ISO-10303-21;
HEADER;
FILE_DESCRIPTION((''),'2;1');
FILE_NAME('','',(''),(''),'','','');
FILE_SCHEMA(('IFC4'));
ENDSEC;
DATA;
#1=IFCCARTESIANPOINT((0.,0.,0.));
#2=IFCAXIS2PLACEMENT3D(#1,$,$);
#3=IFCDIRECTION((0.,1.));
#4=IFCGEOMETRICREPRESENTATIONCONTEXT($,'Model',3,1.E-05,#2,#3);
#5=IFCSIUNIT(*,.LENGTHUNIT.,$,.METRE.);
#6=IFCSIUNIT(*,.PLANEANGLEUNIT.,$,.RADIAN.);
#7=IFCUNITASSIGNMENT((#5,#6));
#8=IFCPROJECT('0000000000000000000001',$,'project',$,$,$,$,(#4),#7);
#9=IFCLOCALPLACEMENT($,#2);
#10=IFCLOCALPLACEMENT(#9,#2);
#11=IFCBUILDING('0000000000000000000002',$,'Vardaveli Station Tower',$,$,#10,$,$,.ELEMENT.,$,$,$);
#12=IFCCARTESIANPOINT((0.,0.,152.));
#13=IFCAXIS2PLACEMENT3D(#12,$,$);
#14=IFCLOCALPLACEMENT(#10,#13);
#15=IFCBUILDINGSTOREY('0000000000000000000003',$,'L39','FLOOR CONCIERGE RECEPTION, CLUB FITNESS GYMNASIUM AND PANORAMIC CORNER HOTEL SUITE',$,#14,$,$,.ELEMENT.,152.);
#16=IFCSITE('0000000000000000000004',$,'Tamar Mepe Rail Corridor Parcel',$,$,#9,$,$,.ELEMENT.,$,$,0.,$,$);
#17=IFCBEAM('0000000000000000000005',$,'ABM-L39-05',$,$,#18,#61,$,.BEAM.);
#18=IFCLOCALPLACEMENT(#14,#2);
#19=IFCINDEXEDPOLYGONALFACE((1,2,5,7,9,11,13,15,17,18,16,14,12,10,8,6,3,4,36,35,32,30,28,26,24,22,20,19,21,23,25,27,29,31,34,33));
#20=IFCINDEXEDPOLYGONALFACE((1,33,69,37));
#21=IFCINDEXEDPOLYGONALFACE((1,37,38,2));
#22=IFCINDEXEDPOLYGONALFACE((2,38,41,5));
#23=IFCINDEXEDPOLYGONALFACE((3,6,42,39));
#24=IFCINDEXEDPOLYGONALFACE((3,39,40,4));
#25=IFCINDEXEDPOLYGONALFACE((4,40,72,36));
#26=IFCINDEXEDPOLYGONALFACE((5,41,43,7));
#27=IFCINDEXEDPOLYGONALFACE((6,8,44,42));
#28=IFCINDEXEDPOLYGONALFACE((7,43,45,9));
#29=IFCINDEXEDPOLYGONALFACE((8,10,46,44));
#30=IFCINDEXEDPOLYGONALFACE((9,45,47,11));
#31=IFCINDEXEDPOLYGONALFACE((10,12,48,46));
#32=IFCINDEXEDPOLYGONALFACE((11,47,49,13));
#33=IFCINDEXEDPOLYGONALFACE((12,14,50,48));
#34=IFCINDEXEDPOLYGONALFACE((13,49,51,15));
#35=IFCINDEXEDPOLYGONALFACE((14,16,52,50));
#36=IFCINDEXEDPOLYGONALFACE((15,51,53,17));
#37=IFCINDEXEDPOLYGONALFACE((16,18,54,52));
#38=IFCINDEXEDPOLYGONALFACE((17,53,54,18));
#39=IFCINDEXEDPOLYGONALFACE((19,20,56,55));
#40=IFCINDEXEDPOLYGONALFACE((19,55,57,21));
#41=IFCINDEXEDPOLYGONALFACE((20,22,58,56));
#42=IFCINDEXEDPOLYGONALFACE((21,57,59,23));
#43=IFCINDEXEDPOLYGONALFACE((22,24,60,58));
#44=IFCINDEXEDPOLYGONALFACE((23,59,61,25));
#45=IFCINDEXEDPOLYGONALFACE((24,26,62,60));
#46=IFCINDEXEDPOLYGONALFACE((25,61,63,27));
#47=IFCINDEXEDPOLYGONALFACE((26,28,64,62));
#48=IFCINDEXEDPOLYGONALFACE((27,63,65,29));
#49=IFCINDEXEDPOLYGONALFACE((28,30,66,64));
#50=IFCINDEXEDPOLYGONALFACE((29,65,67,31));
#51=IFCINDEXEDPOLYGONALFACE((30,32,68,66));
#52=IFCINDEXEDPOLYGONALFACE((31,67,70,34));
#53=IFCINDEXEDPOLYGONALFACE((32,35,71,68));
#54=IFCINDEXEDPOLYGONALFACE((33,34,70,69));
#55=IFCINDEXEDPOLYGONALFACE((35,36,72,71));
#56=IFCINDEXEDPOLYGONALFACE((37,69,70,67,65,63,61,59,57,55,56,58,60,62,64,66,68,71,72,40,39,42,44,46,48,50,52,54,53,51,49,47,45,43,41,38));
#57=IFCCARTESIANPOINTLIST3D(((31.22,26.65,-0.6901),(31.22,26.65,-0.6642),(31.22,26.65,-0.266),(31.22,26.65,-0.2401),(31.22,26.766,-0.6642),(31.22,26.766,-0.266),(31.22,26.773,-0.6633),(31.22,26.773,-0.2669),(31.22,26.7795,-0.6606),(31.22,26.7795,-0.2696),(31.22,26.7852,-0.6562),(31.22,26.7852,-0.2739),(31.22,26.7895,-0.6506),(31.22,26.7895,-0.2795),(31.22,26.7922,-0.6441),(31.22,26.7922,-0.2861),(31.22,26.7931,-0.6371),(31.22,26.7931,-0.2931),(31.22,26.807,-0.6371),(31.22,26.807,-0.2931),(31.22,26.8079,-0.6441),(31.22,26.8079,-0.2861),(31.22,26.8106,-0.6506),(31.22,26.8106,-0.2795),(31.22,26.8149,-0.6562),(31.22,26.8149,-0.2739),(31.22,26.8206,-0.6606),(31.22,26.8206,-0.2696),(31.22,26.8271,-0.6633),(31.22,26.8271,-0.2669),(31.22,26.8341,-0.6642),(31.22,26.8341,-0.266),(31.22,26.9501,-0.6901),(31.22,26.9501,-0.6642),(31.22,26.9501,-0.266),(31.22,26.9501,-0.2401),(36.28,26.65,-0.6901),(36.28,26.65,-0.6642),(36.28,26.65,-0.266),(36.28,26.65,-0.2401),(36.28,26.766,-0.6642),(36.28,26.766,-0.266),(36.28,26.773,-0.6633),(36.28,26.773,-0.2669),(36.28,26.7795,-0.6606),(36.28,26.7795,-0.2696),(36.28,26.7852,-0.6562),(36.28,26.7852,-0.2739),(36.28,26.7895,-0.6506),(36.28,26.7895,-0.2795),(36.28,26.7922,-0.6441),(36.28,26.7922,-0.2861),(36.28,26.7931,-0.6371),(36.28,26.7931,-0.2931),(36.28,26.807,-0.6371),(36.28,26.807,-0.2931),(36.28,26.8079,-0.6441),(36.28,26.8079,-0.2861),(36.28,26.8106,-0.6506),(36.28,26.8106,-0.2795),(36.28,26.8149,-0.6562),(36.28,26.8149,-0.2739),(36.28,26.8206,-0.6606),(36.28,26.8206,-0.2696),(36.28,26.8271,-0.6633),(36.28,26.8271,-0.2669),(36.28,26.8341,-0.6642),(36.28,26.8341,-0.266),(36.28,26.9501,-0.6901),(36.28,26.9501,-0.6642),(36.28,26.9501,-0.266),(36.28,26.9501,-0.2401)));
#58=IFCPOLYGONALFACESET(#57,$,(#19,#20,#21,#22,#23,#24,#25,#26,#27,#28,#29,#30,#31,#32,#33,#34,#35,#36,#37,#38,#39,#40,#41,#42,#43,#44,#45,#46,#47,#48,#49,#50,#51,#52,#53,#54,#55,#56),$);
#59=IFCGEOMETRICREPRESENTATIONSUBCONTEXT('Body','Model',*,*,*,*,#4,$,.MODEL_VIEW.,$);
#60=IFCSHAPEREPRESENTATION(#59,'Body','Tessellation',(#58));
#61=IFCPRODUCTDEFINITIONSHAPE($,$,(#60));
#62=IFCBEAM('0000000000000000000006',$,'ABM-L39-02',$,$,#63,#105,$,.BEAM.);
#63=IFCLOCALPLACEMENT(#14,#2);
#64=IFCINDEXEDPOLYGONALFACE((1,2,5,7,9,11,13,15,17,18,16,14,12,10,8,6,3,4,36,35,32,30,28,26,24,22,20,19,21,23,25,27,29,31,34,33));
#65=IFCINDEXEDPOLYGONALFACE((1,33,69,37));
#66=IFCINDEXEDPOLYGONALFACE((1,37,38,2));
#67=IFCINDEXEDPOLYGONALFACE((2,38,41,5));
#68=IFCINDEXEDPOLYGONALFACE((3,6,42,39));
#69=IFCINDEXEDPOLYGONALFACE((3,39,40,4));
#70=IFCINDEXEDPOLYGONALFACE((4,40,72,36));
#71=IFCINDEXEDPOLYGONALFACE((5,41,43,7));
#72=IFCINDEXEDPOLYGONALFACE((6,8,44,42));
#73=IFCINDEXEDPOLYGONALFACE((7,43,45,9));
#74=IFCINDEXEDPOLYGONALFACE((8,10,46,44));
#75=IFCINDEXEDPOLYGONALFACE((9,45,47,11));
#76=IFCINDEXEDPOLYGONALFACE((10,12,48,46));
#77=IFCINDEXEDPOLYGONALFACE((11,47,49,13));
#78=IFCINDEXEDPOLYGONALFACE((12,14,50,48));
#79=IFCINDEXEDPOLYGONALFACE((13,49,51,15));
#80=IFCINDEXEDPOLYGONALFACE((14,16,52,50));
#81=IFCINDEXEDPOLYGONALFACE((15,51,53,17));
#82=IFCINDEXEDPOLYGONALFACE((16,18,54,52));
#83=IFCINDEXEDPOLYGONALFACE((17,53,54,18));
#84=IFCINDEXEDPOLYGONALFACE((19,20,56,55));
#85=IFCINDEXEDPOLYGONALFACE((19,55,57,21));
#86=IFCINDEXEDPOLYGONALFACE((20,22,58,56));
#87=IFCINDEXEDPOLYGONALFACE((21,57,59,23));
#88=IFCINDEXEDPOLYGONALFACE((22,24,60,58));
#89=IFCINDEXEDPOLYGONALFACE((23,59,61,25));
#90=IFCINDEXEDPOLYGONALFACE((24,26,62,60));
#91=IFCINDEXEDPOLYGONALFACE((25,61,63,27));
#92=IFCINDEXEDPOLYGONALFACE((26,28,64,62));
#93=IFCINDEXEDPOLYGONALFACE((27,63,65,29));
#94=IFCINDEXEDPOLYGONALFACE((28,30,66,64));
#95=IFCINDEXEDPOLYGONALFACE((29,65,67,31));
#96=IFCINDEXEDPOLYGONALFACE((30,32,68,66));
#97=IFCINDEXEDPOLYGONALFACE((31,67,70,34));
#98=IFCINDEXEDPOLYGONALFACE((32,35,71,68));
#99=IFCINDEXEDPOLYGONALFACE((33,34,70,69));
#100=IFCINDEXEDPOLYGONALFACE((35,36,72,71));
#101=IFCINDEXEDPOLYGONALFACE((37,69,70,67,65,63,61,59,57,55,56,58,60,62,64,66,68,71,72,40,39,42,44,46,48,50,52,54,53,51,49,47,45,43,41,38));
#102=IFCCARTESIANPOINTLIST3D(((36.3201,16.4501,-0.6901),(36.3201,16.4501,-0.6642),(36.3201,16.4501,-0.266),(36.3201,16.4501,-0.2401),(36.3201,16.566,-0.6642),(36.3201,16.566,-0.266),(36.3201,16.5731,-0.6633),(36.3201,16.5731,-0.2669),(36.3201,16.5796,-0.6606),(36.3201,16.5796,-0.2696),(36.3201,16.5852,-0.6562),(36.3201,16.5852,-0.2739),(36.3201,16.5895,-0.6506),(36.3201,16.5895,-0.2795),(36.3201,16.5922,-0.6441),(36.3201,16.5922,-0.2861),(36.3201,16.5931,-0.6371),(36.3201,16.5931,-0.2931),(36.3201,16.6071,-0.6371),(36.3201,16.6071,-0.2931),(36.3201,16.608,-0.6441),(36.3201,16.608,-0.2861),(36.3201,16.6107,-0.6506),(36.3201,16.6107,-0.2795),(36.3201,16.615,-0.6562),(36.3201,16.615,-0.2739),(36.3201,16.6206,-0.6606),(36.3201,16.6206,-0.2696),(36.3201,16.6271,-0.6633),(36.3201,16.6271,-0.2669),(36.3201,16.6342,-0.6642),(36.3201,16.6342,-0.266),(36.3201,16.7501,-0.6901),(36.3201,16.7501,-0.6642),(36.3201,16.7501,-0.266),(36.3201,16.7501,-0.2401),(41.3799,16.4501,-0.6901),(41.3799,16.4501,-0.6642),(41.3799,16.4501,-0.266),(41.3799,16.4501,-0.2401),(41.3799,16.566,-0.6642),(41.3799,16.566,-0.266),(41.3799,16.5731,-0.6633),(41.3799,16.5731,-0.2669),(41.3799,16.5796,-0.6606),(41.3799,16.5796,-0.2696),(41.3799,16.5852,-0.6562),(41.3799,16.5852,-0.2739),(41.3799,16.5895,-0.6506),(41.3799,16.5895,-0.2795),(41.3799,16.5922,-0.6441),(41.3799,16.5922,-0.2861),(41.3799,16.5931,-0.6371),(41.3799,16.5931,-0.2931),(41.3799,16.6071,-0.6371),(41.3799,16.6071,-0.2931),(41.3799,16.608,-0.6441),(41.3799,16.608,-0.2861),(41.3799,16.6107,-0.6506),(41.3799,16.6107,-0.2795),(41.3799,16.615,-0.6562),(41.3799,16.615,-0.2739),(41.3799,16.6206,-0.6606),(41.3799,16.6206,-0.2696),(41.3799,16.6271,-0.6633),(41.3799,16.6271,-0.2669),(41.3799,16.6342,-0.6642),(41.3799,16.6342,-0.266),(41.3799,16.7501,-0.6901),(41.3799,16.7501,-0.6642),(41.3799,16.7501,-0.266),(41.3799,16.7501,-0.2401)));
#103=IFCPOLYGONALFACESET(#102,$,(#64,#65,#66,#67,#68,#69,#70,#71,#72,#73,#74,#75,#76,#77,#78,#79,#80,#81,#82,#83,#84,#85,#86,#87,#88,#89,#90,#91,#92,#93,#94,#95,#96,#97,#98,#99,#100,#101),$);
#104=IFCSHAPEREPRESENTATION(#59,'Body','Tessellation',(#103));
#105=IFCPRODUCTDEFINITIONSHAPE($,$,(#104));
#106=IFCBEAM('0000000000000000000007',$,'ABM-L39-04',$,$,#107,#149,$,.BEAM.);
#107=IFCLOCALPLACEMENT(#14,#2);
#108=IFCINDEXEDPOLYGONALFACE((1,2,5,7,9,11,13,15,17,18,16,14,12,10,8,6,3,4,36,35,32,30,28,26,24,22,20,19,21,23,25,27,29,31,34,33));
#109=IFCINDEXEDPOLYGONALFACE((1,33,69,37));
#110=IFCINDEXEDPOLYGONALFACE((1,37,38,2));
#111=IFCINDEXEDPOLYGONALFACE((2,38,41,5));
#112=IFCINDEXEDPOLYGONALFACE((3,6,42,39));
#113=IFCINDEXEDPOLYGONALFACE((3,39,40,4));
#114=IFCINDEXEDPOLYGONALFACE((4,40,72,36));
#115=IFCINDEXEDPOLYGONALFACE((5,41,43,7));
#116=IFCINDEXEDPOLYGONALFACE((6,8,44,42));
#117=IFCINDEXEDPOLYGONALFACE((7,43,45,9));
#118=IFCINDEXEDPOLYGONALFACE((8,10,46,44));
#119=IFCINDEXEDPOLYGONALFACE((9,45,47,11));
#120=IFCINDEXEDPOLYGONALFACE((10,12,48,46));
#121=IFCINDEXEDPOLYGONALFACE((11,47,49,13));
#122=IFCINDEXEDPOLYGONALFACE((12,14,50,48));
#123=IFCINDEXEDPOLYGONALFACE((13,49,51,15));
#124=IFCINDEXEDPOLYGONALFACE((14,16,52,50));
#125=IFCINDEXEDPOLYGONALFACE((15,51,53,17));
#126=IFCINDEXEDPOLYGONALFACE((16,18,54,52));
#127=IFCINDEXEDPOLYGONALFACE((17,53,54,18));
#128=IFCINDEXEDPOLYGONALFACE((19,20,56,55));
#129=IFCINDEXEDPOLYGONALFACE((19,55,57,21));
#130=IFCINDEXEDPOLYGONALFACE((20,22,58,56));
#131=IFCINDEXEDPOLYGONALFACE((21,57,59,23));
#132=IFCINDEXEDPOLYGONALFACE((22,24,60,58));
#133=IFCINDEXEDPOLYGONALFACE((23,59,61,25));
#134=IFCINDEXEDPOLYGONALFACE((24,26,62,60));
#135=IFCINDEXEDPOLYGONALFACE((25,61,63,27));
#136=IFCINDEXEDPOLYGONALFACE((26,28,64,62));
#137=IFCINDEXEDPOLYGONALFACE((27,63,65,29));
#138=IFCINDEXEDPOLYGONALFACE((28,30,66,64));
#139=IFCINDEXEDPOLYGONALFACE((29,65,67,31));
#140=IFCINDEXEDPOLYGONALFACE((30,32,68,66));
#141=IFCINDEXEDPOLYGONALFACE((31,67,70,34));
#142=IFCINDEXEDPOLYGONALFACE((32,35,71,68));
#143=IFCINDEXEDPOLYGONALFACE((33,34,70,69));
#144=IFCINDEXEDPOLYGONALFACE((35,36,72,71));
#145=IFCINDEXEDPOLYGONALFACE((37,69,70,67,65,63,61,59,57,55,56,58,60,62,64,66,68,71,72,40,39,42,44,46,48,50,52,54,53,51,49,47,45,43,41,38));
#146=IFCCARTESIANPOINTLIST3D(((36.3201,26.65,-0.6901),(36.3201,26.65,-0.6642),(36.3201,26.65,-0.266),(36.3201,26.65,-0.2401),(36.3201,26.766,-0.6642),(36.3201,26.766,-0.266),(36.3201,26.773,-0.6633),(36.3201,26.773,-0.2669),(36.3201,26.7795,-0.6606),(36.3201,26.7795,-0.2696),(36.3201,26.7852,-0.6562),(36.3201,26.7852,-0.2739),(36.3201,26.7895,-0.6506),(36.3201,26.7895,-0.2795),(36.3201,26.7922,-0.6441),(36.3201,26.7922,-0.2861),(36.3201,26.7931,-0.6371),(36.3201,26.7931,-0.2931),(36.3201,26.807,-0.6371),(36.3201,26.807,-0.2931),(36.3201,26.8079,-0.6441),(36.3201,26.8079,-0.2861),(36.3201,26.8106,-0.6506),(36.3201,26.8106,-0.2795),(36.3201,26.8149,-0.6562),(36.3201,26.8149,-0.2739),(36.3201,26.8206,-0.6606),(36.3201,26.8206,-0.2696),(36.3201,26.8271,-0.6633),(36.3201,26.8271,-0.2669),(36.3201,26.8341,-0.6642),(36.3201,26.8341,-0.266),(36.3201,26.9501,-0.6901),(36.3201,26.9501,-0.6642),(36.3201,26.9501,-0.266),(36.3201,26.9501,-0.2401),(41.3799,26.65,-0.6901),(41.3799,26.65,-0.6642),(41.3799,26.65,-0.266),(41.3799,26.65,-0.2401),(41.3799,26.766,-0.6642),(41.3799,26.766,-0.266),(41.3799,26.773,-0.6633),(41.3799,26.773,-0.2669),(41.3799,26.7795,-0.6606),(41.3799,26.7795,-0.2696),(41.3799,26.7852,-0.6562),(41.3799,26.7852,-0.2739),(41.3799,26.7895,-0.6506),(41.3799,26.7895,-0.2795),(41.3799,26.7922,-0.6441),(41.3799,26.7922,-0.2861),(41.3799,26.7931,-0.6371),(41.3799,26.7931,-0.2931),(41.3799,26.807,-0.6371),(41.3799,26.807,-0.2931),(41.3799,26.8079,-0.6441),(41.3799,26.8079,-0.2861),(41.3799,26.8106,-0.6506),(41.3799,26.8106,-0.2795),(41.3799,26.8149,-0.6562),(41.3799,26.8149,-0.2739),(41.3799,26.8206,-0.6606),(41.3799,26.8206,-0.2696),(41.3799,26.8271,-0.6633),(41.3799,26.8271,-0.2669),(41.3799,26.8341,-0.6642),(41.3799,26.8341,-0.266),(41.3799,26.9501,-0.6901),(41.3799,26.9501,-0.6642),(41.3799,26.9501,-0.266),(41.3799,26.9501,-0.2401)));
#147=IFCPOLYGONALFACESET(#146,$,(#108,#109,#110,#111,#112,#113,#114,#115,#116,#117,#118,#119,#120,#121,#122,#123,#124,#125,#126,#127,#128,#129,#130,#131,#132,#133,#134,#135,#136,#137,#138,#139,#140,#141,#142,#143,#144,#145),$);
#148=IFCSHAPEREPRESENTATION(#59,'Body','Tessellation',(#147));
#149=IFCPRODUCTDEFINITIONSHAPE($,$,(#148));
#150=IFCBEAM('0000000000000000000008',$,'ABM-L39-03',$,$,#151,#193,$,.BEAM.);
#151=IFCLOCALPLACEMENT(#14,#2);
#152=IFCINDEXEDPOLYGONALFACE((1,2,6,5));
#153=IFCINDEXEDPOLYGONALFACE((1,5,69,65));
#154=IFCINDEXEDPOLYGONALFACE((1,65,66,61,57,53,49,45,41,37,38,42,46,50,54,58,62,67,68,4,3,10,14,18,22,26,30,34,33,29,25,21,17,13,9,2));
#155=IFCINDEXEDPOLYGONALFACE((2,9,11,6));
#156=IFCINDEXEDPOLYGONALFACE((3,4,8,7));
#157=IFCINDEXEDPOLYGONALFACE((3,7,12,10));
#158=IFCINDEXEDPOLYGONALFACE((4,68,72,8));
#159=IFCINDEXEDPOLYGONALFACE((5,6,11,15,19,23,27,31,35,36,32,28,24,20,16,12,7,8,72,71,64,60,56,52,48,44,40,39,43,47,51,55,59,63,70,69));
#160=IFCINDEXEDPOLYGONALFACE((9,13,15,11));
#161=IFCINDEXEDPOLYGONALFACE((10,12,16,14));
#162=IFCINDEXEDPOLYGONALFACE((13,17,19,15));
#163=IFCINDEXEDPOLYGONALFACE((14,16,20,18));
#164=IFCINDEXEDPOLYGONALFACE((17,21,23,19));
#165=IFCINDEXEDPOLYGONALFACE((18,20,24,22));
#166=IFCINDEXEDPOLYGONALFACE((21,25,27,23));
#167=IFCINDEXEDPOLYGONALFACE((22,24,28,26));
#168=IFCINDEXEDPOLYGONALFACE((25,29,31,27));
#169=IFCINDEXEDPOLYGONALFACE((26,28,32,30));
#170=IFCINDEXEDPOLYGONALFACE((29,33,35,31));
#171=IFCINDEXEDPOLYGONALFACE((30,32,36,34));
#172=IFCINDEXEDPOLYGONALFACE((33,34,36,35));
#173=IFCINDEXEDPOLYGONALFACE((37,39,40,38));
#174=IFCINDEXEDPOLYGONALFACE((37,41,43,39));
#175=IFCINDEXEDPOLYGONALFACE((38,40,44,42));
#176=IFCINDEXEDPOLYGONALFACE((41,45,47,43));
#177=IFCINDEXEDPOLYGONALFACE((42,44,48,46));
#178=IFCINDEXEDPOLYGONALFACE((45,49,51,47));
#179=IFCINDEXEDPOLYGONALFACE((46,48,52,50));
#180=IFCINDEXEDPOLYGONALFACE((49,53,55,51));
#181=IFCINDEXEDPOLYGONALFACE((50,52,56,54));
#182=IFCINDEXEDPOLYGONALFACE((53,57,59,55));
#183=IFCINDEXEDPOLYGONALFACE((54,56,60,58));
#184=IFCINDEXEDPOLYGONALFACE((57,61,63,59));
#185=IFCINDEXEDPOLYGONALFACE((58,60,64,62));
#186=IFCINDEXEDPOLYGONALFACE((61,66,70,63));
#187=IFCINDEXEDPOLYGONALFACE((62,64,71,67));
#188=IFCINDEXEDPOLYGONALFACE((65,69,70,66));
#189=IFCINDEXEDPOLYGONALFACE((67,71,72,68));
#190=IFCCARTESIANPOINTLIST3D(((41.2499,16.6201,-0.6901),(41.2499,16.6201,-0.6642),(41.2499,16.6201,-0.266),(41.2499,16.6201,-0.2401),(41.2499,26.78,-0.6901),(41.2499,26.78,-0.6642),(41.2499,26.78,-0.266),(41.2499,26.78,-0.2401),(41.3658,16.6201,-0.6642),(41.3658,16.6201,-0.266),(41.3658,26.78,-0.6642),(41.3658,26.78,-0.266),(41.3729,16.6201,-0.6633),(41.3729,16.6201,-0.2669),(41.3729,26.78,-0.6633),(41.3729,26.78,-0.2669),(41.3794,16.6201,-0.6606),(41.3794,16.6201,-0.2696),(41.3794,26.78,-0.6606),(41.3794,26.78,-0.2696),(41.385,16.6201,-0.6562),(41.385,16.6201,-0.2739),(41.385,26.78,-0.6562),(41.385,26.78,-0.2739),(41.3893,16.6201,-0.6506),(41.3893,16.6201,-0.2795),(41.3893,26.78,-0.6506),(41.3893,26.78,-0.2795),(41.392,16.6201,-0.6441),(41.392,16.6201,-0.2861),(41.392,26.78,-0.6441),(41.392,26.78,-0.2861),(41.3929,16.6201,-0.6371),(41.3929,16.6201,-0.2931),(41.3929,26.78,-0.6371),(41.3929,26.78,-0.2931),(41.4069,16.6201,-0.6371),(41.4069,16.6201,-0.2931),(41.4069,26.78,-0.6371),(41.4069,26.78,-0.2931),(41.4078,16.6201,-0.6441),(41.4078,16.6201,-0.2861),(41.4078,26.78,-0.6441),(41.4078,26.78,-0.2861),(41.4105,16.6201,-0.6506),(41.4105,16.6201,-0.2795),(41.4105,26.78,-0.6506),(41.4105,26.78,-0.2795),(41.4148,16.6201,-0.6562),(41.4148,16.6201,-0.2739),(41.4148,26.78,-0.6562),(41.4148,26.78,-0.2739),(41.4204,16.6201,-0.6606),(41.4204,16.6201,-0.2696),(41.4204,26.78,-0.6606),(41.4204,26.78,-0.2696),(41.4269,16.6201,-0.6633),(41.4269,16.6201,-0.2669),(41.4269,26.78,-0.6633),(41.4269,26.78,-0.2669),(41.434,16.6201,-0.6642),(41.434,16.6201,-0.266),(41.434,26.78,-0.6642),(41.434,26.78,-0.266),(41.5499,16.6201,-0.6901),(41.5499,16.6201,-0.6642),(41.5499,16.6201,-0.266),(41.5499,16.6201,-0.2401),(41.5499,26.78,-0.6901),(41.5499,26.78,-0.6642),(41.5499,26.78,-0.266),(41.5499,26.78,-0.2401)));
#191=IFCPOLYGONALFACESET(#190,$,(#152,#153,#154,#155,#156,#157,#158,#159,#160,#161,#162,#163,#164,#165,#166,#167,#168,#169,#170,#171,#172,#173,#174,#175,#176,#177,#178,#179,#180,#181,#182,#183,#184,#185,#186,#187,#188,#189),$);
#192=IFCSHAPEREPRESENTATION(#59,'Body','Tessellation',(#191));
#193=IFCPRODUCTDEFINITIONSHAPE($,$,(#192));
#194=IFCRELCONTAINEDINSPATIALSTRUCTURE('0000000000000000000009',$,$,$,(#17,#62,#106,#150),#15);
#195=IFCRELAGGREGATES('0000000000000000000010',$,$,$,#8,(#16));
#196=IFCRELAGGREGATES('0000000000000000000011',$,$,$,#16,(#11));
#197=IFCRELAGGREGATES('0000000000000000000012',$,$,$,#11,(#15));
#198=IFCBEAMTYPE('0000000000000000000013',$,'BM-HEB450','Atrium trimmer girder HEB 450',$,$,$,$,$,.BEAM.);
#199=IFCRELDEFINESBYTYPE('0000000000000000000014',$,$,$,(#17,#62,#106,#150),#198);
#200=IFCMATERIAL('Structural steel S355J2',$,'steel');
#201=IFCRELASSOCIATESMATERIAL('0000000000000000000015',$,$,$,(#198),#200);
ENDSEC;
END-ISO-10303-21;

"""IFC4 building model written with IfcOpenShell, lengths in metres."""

from ifc_helpers import new_model, si_unit, direction, frame, origin, origin_2d, place, context, subcontext, project, spatial, i_section, extrude, source, transform, mapped, material, material_profile, profile_set, type_object, element, save


model = new_model("IFC4")

# Units and contexts
model_context = context("Model", 3, precision=1e-05, world=origin(), true_north=direction((0.0, 1.0)))
body_context = subcontext(model_context, "Body", "Model", "MODEL_VIEW")
ifc_project = project(units=[si_unit("LENGTHUNIT", "METRE"), si_unit("PLANEANGLEUNIT", "RADIAN")], contexts=[model_context])

# Site, building, storey
site_placement = place(None, origin())
site = spatial("IfcSite", under=ifc_project, at=site_placement, Name="Tamar Mepe Rail Corridor Parcel", CompositionType="ELEMENT", RefElevation=0.0)
building_placement = place(site_placement, origin())
building = spatial("IfcBuilding", under=site, at=building_placement, Name="Vardaveli Station Tower", CompositionType="ELEMENT")
storey_placement = place(building_placement, frame((0.0, 0.0, 152.0)))
storey = spatial("IfcBuildingStorey", under=building, at=storey_placement, Name="L39", Description="FLOOR CONCIERGE RECEPTION, CLUB FITNESS GYMNASIUM AND PANORAMIC CORNER HOTEL SUITE", CompositionType="ELEMENT", Elevation=152.0)

# Beams
ifc_material_1 = material(Name="Structural steel S355J2", Category="steel")
ifc_material_profile_1 = material_profile(ifc_material_1, i_section(OverallWidth=0.3, OverallDepth=0.45, WebThickness=0.0139, FlangeThickness=0.0259, FilletRadius=0.0271, at=origin_2d()), Name="HEB 450")
ifc_profile_set_1 = profile_set([ifc_material_profile_1], Name="Structural steel S355J2")
beam_type_1 = type_object("IfcBeamType", Name="BM-HEB450", Description="Atrium trimmer girder HEB 450", PredefinedType="BEAM", material=ifc_profile_set_1)
shared_shape_1 = source(origin(), body_context, "Body", "SweptSolid", [
    extrude(i_section(OverallWidth=0.3, OverallDepth=0.45, WebThickness=0.0139, FlangeThickness=0.0259, FilletRadius=0.0271, at=origin_2d()), origin(), (0.0, 0.0, 1.0), 5.0601),
])
beam_1_placement = place(storey_placement, frame((36.28, 26.8, -0.4651), z_axis=(-1.0, 0.0, 0.0), x_axis=(0.0, -1.0, 0.0)))
element("IfcBeam", 1, at=beam_1_placement, inside=storey, type_object=beam_type_1, Name="ABM-L39-05", PredefinedType="BEAM", context=body_context, shape_type="MappedRepresentation", body=[
    mapped(shared_shape_1, transform((0.0, 0.0, 0.0), scale=1.0)),
])
shared_shape_2 = source(origin(), body_context, "Body", "SweptSolid", [
    extrude(i_section(OverallWidth=0.3, OverallDepth=0.45, WebThickness=0.0139, FlangeThickness=0.0259, FilletRadius=0.0271, at=origin_2d()), origin(), (0.0, 0.0, 1.0), 5.0598),
])
for number, where, z_axis, x_axis, name in (
    (2, (36.3201, 16.6001, -0.4651), (1.0, 0.0, 0.0), (0.0, 1.0, 0.0), "ABM-L39-02"),
    (3, (41.3799, 26.8, -0.4651), (-1.0, 0.0, 0.0), (0.0, -1.0, 0.0), "ABM-L39-04"),
):
    element("IfcBeam", number, at=place(storey_placement, frame(where, z_axis=z_axis, x_axis=x_axis)), inside=storey, type_object=beam_type_1, Name=name, PredefinedType="BEAM", context=body_context, shape_type="MappedRepresentation", body=[
        mapped(shared_shape_2, transform((0.0, 0.0, 0.0), scale=1.0)),
    ])
shared_shape_3 = source(origin(), body_context, "Body", "SweptSolid", [
    extrude(i_section(OverallWidth=0.3, OverallDepth=0.45, WebThickness=0.0139, FlangeThickness=0.0259, FilletRadius=0.0271, at=origin_2d()), origin(), (0.0, 0.0, 1.0), 10.1599),
])
beam_2_placement = place(storey_placement, frame((41.3999, 16.6201, -0.4651), z_axis=(0.0, 1.0, 0.0), x_axis=(-1.0, 0.0, 0.0)))
element("IfcBeam", 4, at=beam_2_placement, inside=storey, type_object=beam_type_1, Name="ABM-L39-03", PredefinedType="BEAM", context=body_context, shape_type="MappedRepresentation", body=[
    mapped(shared_shape_3, transform((0.0, 0.0, 0.0), scale=1.0)),
])

save(model, "model.ifc")
